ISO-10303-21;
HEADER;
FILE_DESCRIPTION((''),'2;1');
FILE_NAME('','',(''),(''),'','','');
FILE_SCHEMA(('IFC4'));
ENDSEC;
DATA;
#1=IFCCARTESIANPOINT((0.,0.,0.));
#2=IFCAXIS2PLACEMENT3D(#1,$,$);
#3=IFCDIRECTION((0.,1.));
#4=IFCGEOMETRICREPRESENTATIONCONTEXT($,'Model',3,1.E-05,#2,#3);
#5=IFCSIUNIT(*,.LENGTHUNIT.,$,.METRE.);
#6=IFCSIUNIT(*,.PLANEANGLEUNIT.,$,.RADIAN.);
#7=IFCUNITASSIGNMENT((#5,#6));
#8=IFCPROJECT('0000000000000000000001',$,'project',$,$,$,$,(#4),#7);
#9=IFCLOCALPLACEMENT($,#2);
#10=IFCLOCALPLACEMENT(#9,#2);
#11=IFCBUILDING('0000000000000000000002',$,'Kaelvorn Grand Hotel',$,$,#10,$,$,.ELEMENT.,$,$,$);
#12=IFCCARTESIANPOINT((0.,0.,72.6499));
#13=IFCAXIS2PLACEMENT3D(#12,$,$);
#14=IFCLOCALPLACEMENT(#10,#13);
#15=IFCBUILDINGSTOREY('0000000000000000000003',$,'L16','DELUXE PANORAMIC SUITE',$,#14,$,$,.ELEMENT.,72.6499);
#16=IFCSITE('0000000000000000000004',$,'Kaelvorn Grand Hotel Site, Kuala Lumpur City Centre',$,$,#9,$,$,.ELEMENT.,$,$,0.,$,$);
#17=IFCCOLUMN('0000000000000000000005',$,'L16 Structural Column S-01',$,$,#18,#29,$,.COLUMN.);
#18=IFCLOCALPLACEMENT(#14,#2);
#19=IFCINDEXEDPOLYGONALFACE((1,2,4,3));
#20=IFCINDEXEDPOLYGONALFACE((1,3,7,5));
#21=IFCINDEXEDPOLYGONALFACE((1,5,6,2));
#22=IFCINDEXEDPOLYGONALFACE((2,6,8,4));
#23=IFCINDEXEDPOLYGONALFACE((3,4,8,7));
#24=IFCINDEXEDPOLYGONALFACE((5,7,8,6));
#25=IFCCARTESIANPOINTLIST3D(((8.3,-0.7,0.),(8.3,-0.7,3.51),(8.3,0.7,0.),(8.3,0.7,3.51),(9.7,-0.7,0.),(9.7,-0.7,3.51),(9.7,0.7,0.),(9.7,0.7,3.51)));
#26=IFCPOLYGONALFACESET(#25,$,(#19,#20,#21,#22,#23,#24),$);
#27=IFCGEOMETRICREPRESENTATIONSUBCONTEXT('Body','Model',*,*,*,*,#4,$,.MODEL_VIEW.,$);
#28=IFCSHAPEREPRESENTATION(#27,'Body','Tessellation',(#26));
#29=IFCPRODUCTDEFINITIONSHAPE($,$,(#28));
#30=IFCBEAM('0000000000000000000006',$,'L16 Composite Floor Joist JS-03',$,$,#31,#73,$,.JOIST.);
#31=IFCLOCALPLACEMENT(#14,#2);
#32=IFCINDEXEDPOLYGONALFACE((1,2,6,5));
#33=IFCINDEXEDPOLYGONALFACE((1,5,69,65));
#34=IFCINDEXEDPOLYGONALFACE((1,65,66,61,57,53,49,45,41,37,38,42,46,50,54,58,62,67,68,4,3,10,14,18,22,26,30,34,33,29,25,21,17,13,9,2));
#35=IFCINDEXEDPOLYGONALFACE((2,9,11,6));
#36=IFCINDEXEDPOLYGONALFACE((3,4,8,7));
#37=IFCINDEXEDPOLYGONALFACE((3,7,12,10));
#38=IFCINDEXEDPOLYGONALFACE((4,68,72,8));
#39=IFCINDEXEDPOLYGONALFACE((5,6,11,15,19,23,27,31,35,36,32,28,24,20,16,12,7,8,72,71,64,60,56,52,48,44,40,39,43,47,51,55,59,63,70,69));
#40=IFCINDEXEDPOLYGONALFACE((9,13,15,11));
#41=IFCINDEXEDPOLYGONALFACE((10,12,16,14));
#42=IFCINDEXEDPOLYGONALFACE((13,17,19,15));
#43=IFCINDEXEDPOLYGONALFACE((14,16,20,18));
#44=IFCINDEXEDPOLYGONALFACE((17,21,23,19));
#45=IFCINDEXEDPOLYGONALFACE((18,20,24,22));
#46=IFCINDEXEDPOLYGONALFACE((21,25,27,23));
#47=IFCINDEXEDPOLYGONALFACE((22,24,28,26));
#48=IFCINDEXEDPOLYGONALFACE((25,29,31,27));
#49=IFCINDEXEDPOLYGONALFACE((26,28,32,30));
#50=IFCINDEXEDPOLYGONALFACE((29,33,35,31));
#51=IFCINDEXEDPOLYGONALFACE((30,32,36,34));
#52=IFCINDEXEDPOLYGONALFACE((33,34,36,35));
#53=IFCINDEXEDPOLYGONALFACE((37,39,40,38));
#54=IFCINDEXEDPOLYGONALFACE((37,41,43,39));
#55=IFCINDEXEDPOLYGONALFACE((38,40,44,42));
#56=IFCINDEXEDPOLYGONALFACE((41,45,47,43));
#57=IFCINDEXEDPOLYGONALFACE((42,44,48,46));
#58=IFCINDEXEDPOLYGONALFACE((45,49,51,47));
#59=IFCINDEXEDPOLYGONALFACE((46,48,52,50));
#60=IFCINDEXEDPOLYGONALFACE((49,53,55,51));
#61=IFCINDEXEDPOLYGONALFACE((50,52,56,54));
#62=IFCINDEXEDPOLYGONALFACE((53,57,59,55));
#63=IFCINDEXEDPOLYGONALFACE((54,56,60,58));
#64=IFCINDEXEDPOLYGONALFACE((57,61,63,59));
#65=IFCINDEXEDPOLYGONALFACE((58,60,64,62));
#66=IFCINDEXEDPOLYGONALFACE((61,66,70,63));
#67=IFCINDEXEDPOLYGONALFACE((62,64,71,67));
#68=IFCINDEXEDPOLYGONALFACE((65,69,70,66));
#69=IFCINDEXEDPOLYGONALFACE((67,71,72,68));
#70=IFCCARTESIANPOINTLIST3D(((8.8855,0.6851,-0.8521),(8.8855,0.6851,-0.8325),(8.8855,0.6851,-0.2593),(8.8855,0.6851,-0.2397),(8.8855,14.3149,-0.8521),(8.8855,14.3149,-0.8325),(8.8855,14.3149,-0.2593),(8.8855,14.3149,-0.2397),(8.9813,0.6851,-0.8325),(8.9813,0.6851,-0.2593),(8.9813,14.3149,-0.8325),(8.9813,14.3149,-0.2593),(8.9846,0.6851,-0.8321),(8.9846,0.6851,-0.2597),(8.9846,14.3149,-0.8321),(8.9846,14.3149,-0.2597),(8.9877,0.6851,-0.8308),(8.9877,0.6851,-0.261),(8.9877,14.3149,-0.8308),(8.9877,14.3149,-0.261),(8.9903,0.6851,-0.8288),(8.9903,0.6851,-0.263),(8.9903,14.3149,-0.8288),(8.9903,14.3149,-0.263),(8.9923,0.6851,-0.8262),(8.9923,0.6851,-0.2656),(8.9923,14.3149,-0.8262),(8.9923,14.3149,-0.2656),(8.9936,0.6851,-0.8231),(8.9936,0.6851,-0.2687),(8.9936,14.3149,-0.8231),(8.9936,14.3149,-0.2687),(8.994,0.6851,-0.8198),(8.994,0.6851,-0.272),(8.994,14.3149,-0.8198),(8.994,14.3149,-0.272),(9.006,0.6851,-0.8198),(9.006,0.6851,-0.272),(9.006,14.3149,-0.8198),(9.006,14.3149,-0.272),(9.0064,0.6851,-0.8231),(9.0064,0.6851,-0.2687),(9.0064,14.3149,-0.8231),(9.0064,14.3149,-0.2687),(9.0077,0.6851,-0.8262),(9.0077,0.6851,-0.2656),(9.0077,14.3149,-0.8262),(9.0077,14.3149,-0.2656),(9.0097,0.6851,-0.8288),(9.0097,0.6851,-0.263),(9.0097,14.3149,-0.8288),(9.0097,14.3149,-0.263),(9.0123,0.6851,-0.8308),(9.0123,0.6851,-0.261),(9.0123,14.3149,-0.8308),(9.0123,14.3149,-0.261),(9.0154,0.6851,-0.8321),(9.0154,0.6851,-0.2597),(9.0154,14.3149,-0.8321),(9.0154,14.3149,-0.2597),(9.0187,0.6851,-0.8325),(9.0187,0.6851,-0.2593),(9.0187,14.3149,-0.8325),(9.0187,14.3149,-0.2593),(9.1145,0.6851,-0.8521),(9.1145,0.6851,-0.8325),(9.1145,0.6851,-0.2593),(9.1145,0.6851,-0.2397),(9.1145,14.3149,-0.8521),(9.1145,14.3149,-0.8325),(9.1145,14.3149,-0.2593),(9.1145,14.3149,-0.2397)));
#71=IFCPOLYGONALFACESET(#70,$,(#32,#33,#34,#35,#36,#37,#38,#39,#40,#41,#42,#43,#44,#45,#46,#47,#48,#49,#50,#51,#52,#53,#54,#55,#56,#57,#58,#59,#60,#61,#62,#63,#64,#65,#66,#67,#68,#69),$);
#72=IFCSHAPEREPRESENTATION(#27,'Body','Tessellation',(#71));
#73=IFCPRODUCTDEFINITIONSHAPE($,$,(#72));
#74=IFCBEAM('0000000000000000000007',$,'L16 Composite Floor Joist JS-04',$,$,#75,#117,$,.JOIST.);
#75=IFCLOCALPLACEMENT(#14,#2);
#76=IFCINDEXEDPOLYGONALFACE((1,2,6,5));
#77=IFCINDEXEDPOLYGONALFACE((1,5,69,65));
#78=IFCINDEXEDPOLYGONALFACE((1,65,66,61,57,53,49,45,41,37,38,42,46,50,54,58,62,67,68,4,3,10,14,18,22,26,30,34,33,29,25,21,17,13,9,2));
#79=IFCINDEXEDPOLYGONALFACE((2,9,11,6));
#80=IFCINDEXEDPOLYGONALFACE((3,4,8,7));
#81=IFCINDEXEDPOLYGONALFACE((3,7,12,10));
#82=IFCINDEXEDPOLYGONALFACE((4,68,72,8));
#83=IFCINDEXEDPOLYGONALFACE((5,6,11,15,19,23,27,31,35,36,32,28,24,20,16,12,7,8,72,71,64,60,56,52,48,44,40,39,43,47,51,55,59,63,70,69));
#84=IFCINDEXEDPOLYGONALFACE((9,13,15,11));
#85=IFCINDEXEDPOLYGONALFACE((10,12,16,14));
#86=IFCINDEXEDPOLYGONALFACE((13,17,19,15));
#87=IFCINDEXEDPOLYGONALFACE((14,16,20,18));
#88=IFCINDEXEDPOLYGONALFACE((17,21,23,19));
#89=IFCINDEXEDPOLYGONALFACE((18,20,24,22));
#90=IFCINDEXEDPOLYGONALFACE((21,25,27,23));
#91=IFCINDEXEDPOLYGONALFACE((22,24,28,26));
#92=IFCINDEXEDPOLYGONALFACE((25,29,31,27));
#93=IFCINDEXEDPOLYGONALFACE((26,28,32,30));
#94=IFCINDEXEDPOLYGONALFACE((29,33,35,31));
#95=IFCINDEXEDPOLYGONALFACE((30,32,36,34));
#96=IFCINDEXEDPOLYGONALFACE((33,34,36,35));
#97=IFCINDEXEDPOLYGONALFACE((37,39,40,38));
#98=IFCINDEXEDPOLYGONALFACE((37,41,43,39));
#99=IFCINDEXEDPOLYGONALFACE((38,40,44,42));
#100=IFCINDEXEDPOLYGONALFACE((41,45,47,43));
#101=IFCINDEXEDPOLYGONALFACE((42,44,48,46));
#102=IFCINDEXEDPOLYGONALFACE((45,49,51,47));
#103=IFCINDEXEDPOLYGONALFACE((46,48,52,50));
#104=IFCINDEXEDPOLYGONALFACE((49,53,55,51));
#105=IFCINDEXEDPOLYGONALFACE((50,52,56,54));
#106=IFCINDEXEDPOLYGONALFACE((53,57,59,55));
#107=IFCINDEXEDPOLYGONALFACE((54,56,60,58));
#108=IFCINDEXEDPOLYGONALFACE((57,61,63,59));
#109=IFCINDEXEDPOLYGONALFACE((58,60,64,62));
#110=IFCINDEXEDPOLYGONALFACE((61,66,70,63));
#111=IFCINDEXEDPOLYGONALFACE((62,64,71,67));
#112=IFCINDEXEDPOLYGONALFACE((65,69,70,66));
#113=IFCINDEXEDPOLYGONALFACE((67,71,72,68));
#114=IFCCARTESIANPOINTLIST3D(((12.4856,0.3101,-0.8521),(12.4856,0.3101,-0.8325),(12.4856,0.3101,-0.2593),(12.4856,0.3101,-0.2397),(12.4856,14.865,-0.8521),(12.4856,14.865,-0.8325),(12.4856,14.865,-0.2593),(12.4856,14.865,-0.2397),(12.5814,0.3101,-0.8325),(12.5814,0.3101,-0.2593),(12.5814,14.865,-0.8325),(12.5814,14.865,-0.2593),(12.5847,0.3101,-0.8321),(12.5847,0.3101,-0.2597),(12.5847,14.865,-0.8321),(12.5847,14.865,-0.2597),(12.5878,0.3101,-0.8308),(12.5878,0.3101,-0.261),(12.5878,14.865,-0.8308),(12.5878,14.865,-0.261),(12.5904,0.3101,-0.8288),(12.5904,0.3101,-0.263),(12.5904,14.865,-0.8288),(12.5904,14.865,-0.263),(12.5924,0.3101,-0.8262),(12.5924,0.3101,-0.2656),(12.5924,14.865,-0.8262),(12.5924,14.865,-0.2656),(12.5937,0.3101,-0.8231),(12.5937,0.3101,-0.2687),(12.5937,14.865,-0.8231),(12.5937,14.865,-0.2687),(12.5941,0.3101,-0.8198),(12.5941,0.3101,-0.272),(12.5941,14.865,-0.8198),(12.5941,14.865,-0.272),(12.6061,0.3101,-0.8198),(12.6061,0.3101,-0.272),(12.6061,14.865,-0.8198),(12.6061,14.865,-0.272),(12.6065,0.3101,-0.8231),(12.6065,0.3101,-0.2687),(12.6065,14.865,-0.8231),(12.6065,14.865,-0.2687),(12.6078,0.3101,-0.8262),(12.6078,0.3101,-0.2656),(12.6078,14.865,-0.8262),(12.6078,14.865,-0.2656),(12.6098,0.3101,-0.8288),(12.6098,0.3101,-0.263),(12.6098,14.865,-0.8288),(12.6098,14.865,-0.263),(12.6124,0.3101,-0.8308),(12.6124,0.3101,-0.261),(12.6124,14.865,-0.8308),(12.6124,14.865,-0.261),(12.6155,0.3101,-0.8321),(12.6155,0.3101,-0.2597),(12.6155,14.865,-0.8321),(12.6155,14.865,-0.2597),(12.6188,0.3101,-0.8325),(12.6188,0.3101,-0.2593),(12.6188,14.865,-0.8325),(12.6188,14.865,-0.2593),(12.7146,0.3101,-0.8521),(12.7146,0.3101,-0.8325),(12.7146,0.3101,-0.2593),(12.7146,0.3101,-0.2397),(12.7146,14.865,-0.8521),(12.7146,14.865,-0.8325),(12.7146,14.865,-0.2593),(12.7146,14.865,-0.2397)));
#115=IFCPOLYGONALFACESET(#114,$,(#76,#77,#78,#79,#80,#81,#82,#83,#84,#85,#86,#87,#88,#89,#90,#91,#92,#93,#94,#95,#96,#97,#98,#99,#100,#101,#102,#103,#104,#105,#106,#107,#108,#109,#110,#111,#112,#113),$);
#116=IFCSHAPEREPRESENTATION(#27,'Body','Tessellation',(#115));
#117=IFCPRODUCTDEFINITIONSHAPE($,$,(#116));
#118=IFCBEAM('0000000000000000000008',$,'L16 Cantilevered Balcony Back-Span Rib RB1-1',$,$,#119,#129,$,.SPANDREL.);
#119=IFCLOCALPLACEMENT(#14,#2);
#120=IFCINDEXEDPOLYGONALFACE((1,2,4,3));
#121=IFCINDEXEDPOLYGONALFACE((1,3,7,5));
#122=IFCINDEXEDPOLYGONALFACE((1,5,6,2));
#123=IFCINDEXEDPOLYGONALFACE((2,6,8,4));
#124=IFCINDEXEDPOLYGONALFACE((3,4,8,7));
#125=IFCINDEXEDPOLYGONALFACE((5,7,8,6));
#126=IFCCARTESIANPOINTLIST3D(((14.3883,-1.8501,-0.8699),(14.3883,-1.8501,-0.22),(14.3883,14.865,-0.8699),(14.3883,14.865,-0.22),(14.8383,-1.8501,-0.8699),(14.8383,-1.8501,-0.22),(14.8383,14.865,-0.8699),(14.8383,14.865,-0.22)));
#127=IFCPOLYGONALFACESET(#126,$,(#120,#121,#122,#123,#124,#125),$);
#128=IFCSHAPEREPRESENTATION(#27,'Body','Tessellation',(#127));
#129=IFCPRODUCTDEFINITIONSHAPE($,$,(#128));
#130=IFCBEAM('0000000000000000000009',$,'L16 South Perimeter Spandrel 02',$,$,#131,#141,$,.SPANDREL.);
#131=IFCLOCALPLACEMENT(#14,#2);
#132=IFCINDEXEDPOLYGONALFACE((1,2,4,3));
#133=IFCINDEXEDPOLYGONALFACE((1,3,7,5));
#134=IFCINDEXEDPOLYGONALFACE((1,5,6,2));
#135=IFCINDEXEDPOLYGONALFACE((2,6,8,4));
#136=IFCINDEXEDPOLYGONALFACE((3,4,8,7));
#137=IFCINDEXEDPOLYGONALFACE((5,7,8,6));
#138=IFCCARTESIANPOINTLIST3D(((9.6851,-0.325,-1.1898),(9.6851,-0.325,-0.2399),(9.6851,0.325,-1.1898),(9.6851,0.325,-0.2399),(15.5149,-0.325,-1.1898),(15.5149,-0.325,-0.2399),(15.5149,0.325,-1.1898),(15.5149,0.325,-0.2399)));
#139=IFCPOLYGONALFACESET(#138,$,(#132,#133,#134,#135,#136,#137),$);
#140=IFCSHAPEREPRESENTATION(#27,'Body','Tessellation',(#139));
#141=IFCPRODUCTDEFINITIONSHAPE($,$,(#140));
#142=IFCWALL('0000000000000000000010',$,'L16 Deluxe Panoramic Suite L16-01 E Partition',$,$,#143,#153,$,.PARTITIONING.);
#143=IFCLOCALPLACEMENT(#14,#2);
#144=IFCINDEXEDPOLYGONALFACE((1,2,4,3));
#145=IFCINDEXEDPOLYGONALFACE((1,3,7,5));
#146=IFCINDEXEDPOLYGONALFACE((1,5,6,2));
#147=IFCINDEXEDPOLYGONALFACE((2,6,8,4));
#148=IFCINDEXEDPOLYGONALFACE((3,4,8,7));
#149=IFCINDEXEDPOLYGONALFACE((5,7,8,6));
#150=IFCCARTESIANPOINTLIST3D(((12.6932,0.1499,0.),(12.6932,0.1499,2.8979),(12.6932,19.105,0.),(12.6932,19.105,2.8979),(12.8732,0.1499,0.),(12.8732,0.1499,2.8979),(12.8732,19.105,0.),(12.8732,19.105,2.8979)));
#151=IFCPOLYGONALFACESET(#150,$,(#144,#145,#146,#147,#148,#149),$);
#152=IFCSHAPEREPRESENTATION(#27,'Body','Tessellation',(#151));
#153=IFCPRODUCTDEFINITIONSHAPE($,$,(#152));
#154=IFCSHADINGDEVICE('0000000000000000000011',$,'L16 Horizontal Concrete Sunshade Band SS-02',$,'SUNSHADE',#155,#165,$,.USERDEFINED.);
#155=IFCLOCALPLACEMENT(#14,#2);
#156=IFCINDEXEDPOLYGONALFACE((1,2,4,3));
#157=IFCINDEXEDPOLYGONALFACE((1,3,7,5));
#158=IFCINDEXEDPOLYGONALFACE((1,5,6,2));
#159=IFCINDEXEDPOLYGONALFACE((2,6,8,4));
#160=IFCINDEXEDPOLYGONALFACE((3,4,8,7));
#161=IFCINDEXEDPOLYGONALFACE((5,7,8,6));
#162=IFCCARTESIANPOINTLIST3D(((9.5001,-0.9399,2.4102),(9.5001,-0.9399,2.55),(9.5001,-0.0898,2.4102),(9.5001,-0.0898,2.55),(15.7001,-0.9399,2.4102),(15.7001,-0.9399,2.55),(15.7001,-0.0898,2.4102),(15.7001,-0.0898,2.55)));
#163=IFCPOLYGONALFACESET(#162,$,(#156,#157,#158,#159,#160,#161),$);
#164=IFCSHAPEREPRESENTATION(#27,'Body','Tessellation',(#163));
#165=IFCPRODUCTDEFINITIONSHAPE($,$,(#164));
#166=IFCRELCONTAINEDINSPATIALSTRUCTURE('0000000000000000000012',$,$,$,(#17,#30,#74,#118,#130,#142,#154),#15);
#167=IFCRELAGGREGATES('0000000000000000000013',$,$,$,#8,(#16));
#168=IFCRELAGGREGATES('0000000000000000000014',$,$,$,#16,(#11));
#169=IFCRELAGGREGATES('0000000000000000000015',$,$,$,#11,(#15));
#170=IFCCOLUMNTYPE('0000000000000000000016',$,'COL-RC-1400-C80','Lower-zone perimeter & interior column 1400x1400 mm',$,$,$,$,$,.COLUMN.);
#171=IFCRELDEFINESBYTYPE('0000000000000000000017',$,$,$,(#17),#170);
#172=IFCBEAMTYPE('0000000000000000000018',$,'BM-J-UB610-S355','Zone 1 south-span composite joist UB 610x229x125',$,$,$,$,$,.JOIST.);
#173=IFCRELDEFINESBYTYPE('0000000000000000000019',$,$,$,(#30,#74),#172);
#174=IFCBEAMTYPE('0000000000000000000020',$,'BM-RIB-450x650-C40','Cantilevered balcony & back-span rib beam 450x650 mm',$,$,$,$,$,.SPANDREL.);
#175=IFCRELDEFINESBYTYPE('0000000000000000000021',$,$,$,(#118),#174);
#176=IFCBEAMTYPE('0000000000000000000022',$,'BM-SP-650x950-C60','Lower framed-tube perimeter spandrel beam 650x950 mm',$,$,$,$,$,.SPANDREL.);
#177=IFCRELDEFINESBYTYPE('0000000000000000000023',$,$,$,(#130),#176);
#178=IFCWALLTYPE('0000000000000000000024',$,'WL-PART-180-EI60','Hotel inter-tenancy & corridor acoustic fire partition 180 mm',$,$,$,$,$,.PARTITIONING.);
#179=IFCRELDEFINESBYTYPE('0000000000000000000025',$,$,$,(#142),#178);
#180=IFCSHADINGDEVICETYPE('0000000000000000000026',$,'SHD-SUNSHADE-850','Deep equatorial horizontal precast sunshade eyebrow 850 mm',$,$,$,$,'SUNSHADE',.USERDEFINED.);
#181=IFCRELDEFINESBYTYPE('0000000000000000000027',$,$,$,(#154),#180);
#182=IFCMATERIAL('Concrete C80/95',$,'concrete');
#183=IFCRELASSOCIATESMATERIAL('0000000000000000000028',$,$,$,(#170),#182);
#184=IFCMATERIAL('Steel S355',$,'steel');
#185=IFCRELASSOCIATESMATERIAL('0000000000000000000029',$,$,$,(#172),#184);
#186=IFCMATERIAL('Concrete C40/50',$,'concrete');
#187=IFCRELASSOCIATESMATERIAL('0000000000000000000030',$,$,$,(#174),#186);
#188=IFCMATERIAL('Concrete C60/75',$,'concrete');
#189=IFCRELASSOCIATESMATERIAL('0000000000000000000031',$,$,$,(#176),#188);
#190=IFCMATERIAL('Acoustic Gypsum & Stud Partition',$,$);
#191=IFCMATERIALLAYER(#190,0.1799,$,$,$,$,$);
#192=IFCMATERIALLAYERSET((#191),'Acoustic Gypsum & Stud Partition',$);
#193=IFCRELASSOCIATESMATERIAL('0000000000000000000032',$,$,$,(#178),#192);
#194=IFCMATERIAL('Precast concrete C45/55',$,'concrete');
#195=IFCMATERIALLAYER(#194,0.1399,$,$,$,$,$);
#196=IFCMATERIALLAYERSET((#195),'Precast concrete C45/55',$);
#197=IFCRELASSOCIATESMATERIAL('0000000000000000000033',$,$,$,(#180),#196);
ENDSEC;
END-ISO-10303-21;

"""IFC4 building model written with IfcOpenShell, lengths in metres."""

from ifc_helpers import new_model, si_unit, direction, frame, frame_2d, origin, origin_2d, place, context, subcontext, project, spatial, rectangle, i_section, extrude, material, layer, layer_set, material_profile, profile_set, type_object, element, save


model = new_model("IFC4")

# Units and contexts
model_context = context("Model", 3, precision=1e-05, world=origin(), true_north=direction((0.0, 1.0)))
body_context = subcontext(model_context, "Body", "Model", "MODEL_VIEW")
ifc_project = project(units=[si_unit("LENGTHUNIT", "METRE"), si_unit("PLANEANGLEUNIT", "RADIAN")], contexts=[model_context])

# Site, building, storey
site_placement = place(None, origin())
site = spatial("IfcSite", under=ifc_project, at=site_placement, Name="Kaelvorn Grand Hotel Site, Kuala Lumpur City Centre", CompositionType="ELEMENT", RefElevation=0.0)
building_placement = place(site_placement, origin())
building = spatial("IfcBuilding", under=site, at=building_placement, Name="Kaelvorn Grand Hotel", CompositionType="ELEMENT")
storey_placement = place(building_placement, frame((0.0, 0.0, 72.6499)))
storey = spatial("IfcBuildingStorey", under=building, at=storey_placement, Name="L16", Description="DELUXE PANORAMIC SUITE", CompositionType="ELEMENT", Elevation=72.6499)

# Column
ifc_material_1 = material(Name="Concrete C80/95", Category="concrete")
ifc_material_profile_1 = material_profile(ifc_material_1, rectangle(XDim=1.3999, YDim=1.3999, at=origin_2d()), Name="RC COL 1400x1400")
ifc_profile_set_1 = profile_set([ifc_material_profile_1], Name="Concrete C80/95")
column_type = type_object("IfcColumnType", Name="COL-RC-1400-C80", Description="Lower-zone perimeter & interior column 1400x1400 mm", PredefinedType="COLUMN", material=ifc_profile_set_1)
column_placement = place(storey_placement, frame((9.0, 0.0, 0.0), z_axis=(0.0, 0.0, 1.0), x_axis=(1.0, 0.0, 0.0)))
element("IfcColumn", 1, at=column_placement, inside=storey, type_object=column_type, Name="L16 Structural Column S-01", PredefinedType="COLUMN", context=body_context, shape_type="SweptSolid", body=[
    extrude(rectangle(XDim=1.3999, YDim=1.3999, at=origin_2d()), origin(), (0.0, 0.0, 1.0), 3.51),
])

# Beams
ifc_material_2 = material(Name="Steel S355", Category="steel")
ifc_material_profile_2 = material_profile(ifc_material_2, i_section(OverallWidth=0.229, OverallDepth=0.6123, WebThickness=0.012, FlangeThickness=0.0195, FilletRadius=0.0127, at=origin_2d()), Name="UB 610x229x125")
ifc_profile_set_2 = profile_set([ifc_material_profile_2], Name="Steel S355")
beam_type_1 = type_object("IfcBeamType", Name="BM-J-UB610-S355", Description="Zone 1 south-span composite joist UB 610x229x125", PredefinedType="JOIST", material=ifc_profile_set_2)
beam_1_placement = place(storey_placement, frame((9.0, 0.6851, -0.5459), z_axis=(0.0, 1.0, 0.0), x_axis=(-1.0, 0.0, 0.0)))
element("IfcBeam", 2, at=beam_1_placement, inside=storey, type_object=beam_type_1, Name="L16 Composite Floor Joist JS-03", PredefinedType="JOIST", context=body_context, shape_type="SweptSolid", body=[
    extrude(i_section(OverallWidth=0.229, OverallDepth=0.6123, WebThickness=0.012, FlangeThickness=0.0195, FilletRadius=0.0127, at=origin_2d()), origin(), (0.0, 0.0, 1.0), 13.6299),
])
beam_2_placement = place(storey_placement, frame((12.6001, 0.3101, -0.5459), z_axis=(0.0, 1.0, 0.0), x_axis=(-1.0, 0.0, 0.0)))
element("IfcBeam", 3, at=beam_2_placement, inside=storey, type_object=beam_type_1, Name="L16 Composite Floor Joist JS-04", PredefinedType="JOIST", context=body_context, shape_type="SweptSolid", body=[
    extrude(i_section(OverallWidth=0.229, OverallDepth=0.6123, WebThickness=0.012, FlangeThickness=0.0195, FilletRadius=0.0127, at=origin_2d()), origin(), (0.0, 0.0, 1.0), 14.5549),
])
ifc_material_3 = material(Name="Concrete C40/50", Category="concrete")
ifc_material_profile_3 = material_profile(ifc_material_3, rectangle(XDim=0.45, YDim=0.6499, at=origin_2d()), Name="RC RIB 450x650")
ifc_profile_set_3 = profile_set([ifc_material_profile_3], Name="Concrete C40/50")
beam_type_2 = type_object("IfcBeamType", Name="BM-RIB-450x650-C40", Description="Cantilevered balcony & back-span rib beam 450x650 mm", PredefinedType="SPANDREL", material=ifc_profile_set_3)
beam_3_placement = place(storey_placement, frame((14.6133, -1.8501, -0.5449), z_axis=(0.0, 1.0, 0.0), x_axis=(-1.0, 0.0, 0.0)))
element("IfcBeam", 4, at=beam_3_placement, inside=storey, type_object=beam_type_2, Name="L16 Cantilevered Balcony Back-Span Rib RB1-1", PredefinedType="SPANDREL", context=body_context, shape_type="SweptSolid", body=[
    extrude(rectangle(XDim=0.45, YDim=0.6499, at=origin_2d()), origin(), (0.0, 0.0, 1.0), 16.7151),
])
ifc_material_4 = material(Name="Concrete C60/75", Category="concrete")
ifc_material_profile_4 = material_profile(ifc_material_4, rectangle(XDim=0.6499, YDim=0.95, at=origin_2d()), Name="RC SPANDREL 650x950")
ifc_profile_set_4 = profile_set([ifc_material_profile_4], Name="Concrete C60/75")
beam_type_3 = type_object("IfcBeamType", Name="BM-SP-650x950-C60", Description="Lower framed-tube perimeter spandrel beam 650x950 mm", PredefinedType="SPANDREL", material=ifc_profile_set_4)
beam_4_placement = place(storey_placement, frame((9.6851, 0.0, -0.7148), z_axis=(1.0, 0.0, 0.0), x_axis=(0.0, 1.0, 0.0)))
element("IfcBeam", 5, at=beam_4_placement, inside=storey, type_object=beam_type_3, Name="L16 South Perimeter Spandrel 02", PredefinedType="SPANDREL", context=body_context, shape_type="SweptSolid", body=[
    extrude(rectangle(XDim=0.6499, YDim=0.95, at=origin_2d()), origin(), (0.0, 0.0, 1.0), 5.8298),
])

# Wall
ifc_material_5 = material(Name="Acoustic Gypsum & Stud Partition")
ifc_layer_1 = layer(ifc_material_5, 0.1799)
ifc_layer_set_1 = layer_set([ifc_layer_1], Name="Acoustic Gypsum & Stud Partition")
wall_type = type_object("IfcWallType", Name="WL-PART-180-EI60", Description="Hotel inter-tenancy & corridor acoustic fire partition 180 mm", PredefinedType="PARTITIONING", material=ifc_layer_set_1)
wall_placement = place(storey_placement, frame((12.7832, 0.1499, 0.0), z_axis=(0.0, 0.0, 1.0), x_axis=(0.0, 1.0, 0.0)))
element("IfcWall", 6, at=wall_placement, inside=storey, type_object=wall_type, Name="L16 Deluxe Panoramic Suite L16-01 E Partition", PredefinedType="PARTITIONING", context=body_context, shape_type="SweptSolid", body=[
    extrude(rectangle(XDim=18.9551, YDim=0.1799, at=frame_2d((9.4775, 0.0))), origin(), (0.0, 0.0, 1.0), 2.8979),
])

# Shading device
ifc_material_6 = material(Name="Precast concrete C45/55", Category="concrete")
ifc_layer_2 = layer(ifc_material_6, 0.1399)
ifc_layer_set_2 = layer_set([ifc_layer_2], Name="Precast concrete C45/55")
shading_device_type = type_object("IfcShadingDeviceType", Name="SHD-SUNSHADE-850", Description="Deep equatorial horizontal precast sunshade eyebrow 850 mm", ElementType="SUNSHADE", PredefinedType="USERDEFINED", material=ifc_layer_set_2)
shading_device_placement = place(storey_placement, frame((12.6001, -0.5149, 2.4102), z_axis=(0.0, 0.0, 1.0), x_axis=(1.0, 0.0, 0.0)))
element("IfcShadingDevice", 7, at=shading_device_placement, inside=storey, type_object=shading_device_type, Name="L16 Horizontal Concrete Sunshade Band SS-02", ObjectType="SUNSHADE", PredefinedType="USERDEFINED", context=body_context, shape_type="SweptSolid", body=[
    extrude(rectangle(XDim=6.2, YDim=0.8501, at=origin_2d()), origin(), (0.0, 0.0, 1.0), 0.1399),
])

save(model, "model.ifc")
